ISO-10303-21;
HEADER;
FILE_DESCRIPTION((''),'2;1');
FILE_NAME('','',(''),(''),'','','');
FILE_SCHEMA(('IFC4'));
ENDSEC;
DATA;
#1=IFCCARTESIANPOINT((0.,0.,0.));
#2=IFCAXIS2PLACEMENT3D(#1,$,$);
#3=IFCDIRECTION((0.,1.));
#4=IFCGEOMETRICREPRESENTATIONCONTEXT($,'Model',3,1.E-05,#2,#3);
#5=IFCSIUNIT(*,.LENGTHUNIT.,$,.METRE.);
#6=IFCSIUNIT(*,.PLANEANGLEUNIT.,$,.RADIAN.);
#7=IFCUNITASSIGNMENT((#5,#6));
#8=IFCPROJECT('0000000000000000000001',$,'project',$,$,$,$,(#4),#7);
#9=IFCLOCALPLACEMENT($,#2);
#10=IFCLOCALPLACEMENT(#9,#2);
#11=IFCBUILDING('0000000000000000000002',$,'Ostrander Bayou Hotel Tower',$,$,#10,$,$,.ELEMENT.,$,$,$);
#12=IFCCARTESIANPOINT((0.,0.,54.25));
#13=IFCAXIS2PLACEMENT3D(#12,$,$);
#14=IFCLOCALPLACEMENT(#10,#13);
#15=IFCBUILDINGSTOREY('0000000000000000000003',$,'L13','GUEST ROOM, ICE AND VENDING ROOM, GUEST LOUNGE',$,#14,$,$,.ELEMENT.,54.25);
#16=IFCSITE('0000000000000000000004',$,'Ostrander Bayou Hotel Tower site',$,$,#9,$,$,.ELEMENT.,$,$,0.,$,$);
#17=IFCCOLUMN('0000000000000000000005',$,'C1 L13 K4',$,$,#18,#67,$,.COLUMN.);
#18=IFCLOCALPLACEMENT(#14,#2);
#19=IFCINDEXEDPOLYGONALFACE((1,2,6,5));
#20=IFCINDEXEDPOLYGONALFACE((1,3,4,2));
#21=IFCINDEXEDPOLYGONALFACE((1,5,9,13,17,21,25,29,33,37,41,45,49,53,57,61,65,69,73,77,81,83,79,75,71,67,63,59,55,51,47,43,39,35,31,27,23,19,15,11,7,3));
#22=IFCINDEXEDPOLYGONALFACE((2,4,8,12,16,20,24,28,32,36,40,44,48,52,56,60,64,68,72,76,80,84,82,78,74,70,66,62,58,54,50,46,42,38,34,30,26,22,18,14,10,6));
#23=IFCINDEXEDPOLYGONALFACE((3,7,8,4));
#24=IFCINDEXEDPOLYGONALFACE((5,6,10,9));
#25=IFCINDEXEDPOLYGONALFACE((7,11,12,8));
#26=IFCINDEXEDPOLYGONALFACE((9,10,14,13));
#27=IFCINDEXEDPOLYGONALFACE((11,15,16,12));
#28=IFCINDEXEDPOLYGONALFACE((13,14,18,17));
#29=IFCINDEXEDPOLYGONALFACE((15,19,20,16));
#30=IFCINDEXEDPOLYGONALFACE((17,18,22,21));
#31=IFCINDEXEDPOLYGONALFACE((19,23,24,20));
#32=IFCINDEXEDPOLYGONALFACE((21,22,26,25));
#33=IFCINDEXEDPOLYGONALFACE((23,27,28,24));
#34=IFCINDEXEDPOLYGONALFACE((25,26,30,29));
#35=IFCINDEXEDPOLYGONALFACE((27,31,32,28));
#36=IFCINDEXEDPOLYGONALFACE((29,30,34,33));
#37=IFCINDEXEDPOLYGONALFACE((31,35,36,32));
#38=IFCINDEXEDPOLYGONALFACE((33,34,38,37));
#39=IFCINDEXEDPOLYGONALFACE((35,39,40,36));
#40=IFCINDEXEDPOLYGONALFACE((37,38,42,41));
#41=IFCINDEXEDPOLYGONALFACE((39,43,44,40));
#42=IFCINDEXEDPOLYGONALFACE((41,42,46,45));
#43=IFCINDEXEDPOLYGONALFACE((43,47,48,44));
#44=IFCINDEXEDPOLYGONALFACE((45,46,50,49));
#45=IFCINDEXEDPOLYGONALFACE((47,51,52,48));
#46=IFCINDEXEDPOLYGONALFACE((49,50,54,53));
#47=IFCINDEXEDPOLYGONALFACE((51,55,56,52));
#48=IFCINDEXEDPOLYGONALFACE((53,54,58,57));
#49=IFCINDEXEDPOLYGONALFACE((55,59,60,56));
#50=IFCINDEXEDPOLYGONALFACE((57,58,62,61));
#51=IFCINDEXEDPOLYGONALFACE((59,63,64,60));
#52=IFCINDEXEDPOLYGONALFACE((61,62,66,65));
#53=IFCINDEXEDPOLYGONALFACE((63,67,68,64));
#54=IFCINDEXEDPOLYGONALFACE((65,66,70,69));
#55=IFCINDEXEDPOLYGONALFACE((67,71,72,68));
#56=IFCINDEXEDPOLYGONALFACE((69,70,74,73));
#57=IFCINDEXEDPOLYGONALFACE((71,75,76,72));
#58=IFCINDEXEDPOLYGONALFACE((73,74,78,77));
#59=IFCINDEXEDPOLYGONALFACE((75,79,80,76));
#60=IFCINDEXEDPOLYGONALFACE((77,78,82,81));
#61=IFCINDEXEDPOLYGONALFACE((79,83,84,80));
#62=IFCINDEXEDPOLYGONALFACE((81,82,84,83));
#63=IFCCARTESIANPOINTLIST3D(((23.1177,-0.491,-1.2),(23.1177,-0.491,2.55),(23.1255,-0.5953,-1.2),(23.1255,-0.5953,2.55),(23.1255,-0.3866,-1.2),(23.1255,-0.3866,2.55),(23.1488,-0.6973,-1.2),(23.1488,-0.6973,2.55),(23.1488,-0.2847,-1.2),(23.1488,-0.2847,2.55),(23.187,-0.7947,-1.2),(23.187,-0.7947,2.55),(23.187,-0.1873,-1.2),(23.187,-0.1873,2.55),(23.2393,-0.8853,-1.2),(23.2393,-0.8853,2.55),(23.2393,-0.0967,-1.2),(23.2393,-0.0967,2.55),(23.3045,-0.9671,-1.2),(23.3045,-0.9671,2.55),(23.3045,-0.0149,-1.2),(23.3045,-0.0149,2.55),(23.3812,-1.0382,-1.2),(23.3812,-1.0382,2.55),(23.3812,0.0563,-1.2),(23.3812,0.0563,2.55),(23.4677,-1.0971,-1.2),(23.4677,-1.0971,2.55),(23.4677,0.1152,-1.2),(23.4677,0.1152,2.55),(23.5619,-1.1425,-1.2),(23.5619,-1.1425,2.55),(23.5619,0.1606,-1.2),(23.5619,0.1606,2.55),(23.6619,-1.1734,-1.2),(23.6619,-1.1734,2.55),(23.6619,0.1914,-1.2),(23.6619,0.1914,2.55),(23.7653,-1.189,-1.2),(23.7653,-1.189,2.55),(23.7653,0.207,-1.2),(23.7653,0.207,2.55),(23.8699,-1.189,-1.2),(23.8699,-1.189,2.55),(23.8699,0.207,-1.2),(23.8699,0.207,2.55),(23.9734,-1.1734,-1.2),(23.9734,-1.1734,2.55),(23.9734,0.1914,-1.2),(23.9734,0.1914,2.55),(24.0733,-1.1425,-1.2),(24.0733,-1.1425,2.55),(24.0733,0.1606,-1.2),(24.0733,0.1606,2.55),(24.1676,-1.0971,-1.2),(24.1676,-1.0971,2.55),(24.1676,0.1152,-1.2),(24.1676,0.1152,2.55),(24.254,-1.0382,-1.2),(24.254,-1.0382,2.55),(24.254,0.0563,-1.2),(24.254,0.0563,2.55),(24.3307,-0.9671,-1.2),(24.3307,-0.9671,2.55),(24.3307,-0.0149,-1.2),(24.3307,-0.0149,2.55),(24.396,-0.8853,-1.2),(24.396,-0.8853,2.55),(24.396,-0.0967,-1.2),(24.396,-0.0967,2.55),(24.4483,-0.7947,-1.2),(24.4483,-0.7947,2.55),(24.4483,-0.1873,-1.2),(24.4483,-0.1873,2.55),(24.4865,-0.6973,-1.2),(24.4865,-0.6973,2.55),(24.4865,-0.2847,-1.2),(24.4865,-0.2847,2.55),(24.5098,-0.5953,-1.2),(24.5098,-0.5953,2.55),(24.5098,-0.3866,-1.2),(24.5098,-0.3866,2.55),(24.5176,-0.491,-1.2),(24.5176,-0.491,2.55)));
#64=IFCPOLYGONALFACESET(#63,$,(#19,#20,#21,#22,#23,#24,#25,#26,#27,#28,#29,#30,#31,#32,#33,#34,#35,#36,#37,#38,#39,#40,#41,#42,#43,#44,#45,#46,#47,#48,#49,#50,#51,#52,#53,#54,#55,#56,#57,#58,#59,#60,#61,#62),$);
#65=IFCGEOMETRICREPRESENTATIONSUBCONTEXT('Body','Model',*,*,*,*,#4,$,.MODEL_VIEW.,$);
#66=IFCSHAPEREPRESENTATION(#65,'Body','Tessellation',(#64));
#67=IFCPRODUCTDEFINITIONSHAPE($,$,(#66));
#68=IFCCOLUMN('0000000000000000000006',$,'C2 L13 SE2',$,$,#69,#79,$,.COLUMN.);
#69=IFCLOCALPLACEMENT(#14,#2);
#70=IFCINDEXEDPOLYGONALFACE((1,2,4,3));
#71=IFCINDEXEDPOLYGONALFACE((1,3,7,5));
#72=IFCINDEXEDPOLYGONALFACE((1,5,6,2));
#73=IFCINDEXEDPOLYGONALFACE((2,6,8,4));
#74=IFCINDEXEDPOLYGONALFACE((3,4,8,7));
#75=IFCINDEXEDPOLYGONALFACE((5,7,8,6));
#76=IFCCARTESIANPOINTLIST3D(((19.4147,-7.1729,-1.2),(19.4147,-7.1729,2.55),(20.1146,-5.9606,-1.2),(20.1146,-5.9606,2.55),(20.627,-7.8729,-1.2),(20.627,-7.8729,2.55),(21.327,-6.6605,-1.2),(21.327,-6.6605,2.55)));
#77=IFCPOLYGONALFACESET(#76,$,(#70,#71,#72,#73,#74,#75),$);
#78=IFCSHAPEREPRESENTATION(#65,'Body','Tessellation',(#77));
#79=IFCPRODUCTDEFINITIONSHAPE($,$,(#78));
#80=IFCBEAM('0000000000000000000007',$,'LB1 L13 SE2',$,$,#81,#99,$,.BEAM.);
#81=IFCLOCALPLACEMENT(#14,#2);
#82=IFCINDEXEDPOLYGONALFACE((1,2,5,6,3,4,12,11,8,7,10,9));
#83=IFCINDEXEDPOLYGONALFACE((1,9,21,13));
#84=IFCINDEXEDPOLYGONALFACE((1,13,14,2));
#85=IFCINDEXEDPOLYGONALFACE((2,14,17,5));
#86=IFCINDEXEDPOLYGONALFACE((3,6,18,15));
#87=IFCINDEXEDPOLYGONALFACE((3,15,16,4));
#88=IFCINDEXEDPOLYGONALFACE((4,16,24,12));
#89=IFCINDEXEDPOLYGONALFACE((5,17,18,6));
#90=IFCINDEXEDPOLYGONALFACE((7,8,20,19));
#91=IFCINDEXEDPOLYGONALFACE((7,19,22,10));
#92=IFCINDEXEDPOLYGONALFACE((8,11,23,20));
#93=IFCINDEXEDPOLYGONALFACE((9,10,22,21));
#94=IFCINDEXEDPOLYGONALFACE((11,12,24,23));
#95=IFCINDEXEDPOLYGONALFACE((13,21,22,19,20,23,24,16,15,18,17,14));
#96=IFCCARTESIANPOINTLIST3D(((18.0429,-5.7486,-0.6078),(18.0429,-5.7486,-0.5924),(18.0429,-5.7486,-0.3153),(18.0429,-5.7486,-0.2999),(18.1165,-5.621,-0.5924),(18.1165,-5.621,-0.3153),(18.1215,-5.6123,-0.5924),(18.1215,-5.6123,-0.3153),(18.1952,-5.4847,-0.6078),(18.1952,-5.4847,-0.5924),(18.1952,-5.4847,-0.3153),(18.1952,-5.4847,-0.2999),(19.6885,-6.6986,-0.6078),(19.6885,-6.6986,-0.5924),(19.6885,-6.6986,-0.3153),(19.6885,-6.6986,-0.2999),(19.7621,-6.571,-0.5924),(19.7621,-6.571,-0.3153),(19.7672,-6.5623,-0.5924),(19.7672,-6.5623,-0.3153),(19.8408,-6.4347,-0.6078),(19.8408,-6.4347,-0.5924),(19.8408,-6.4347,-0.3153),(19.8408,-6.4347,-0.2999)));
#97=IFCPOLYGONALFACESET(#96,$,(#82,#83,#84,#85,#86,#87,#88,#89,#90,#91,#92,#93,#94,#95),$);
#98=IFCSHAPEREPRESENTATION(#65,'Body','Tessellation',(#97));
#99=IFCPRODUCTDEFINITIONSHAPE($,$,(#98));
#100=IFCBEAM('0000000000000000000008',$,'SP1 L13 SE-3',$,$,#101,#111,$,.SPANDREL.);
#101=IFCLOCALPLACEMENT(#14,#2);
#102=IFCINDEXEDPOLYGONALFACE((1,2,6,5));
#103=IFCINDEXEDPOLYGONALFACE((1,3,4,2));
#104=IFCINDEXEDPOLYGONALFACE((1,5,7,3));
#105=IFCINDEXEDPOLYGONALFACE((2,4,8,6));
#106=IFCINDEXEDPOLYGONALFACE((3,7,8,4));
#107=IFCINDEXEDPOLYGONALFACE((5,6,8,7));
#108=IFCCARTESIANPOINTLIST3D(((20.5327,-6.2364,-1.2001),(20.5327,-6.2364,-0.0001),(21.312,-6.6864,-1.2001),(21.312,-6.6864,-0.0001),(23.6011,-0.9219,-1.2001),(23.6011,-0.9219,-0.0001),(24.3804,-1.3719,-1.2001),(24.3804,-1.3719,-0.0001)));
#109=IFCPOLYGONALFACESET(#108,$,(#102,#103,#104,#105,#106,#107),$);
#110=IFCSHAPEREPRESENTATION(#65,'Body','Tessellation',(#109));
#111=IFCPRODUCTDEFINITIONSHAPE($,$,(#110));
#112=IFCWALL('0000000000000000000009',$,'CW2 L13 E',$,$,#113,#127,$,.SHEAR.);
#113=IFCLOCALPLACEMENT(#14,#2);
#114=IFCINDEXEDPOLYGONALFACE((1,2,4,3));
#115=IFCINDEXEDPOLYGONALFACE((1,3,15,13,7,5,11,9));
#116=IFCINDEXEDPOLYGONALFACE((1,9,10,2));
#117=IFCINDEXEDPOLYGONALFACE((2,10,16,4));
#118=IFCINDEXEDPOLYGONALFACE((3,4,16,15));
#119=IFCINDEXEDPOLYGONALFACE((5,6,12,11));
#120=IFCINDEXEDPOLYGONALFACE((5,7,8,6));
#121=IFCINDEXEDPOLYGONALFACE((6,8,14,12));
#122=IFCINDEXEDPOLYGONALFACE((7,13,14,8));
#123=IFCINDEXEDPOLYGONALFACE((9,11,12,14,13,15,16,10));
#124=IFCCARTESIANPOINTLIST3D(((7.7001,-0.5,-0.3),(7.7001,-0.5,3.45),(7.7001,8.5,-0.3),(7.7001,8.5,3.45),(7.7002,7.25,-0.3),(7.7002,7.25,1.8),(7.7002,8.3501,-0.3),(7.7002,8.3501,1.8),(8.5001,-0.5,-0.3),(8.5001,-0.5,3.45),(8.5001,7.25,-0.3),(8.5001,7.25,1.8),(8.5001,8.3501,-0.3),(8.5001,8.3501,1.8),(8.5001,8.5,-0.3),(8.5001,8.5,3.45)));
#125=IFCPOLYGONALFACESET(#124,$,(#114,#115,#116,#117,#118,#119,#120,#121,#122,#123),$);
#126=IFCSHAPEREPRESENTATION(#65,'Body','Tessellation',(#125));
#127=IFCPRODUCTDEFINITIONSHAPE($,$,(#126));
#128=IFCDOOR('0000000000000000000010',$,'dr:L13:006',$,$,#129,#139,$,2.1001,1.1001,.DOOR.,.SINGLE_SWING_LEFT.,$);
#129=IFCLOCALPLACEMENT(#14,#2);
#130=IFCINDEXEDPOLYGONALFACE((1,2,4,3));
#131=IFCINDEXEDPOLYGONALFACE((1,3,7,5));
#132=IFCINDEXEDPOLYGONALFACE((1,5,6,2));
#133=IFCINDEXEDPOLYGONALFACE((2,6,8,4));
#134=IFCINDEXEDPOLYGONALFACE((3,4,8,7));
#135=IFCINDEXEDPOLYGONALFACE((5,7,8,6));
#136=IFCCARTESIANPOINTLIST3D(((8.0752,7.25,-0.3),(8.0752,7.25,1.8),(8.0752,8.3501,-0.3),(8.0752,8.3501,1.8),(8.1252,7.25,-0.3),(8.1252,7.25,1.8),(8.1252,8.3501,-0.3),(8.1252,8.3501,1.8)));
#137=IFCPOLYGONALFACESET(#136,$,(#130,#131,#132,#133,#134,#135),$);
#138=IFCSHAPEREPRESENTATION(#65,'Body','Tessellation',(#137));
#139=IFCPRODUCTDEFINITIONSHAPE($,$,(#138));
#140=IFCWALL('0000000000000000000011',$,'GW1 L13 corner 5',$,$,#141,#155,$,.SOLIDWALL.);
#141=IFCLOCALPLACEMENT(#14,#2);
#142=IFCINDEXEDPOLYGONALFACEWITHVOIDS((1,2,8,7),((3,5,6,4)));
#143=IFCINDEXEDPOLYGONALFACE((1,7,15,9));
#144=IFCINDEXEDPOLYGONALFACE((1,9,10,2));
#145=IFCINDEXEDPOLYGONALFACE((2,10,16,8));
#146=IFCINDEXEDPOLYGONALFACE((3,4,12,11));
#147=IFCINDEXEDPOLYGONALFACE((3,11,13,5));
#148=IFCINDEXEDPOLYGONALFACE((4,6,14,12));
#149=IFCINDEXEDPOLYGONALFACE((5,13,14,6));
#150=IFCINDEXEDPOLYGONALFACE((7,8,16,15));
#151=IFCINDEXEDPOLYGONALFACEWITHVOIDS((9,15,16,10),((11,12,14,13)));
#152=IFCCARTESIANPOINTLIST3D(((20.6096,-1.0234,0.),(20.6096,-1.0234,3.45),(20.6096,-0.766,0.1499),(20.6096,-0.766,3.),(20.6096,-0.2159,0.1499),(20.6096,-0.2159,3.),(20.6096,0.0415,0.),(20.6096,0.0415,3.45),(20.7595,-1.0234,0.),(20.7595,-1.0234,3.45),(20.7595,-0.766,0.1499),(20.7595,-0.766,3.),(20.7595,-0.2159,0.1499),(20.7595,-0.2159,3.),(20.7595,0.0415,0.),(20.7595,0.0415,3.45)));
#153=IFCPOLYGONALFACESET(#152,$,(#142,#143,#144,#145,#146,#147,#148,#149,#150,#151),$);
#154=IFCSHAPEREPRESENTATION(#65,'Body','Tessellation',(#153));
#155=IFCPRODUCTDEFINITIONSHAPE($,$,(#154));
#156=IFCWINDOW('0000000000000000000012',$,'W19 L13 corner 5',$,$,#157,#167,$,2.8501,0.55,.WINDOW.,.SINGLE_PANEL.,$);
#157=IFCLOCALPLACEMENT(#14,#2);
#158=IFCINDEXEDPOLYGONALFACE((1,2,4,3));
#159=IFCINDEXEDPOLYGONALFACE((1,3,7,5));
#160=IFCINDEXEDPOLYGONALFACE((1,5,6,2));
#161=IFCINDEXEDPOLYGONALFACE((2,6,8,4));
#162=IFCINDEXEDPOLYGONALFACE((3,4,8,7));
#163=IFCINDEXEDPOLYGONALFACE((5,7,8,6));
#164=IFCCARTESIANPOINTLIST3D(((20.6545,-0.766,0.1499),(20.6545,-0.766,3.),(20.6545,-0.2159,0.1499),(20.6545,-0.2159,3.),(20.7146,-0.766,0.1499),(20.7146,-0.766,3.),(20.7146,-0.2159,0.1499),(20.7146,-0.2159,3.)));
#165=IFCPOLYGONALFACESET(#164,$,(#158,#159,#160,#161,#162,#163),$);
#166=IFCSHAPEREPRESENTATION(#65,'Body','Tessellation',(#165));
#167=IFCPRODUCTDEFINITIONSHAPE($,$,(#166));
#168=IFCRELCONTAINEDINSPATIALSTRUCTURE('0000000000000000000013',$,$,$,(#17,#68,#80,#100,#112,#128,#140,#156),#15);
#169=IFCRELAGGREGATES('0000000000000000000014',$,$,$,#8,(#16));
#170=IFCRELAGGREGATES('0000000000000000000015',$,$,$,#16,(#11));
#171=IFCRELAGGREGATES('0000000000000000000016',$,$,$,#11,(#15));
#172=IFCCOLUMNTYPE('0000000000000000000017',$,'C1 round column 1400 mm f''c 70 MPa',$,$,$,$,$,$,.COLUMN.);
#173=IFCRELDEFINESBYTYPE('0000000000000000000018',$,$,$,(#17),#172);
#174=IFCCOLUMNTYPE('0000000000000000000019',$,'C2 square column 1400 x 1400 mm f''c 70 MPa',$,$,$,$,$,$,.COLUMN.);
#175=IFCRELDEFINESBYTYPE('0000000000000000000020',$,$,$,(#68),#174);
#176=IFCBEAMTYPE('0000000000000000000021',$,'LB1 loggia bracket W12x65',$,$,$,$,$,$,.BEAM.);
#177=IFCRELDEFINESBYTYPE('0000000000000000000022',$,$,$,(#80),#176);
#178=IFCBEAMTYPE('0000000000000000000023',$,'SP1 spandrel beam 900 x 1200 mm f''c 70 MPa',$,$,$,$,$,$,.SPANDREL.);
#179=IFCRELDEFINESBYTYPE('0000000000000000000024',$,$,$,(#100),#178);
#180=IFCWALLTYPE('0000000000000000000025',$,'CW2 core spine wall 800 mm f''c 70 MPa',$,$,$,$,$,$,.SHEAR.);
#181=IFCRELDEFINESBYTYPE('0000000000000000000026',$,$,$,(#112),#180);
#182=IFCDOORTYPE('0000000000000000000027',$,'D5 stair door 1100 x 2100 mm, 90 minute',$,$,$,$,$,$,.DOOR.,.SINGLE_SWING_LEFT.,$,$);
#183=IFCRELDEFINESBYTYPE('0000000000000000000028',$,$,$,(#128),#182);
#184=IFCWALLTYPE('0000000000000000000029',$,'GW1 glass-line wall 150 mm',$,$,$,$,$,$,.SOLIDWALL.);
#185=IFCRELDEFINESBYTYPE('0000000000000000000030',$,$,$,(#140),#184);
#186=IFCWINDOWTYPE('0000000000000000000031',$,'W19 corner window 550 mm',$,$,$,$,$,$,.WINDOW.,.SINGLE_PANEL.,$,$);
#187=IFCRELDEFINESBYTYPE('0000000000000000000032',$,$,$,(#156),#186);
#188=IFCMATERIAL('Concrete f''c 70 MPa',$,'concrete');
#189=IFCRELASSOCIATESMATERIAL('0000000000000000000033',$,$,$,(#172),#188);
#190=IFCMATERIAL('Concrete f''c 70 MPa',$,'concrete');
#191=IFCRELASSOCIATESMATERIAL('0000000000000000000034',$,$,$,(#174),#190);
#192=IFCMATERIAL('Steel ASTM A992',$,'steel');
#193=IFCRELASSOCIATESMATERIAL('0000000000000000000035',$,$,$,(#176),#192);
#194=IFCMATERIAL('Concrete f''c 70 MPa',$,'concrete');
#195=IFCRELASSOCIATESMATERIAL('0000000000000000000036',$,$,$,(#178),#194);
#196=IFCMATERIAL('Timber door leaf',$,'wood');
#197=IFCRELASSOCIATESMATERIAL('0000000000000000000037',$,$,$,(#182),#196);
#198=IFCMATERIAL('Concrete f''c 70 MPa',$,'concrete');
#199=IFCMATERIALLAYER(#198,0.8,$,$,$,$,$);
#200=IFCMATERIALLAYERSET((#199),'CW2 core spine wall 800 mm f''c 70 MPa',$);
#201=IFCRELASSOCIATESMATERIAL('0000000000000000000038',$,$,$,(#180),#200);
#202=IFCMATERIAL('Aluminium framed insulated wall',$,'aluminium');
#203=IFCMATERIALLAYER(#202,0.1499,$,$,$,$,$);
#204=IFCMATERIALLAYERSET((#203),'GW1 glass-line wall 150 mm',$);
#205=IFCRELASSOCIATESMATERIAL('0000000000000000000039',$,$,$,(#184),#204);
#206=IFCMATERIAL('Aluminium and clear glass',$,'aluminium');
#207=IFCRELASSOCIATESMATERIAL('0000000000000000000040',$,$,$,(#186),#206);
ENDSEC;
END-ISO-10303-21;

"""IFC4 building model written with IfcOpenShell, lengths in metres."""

from ifc_helpers import new_model, si_unit, direction, frame, frame_2d, origin, origin_2d, place, context, subcontext, project, spatial, rectangle, circle, i_section, extrude, material, layer, layer_set, material_profile, profile_set, type_object, element, fill, save


model = new_model("IFC4")

# Units and contexts
model_context = context("Model", 3, precision=1e-05, world=origin(), true_north=direction((0.0, 1.0)))
body_context = subcontext(model_context, "Body", "Model", "MODEL_VIEW")
ifc_project = project(units=[si_unit("LENGTHUNIT", "METRE"), si_unit("PLANEANGLEUNIT", "RADIAN")], contexts=[model_context])

# Site, building, storey
site_placement = place(None, origin())
site = spatial("IfcSite", under=ifc_project, at=site_placement, Name="Ostrander Bayou Hotel Tower site", CompositionType="ELEMENT", RefElevation=0.0)
building_placement = place(site_placement, origin())
building = spatial("IfcBuilding", under=site, at=building_placement, Name="Ostrander Bayou Hotel Tower", CompositionType="ELEMENT")
storey_placement = place(building_placement, frame((0.0, 0.0, 54.25)))
storey = spatial("IfcBuildingStorey", under=building, at=storey_placement, Name="L13", Description="GUEST ROOM, ICE AND VENDING ROOM, GUEST LOUNGE", CompositionType="ELEMENT", Elevation=54.25)

# Columns
ifc_material_1 = material(Name="Concrete f'c 70 MPa", Category="concrete")
ifc_material_profile_1 = material_profile(ifc_material_1, circle(Radius=0.7, at=origin_2d()))
ifc_profile_set_1 = profile_set([ifc_material_profile_1], Name="Concrete f'c 70 MPa")
column_type_1 = type_object("IfcColumnType", Name="C1 round column 1400 mm f'c 70 MPa", PredefinedType="COLUMN", material=ifc_profile_set_1)
column_1_placement = place(storey_placement, frame((23.8176, -0.491, -1.2), z_axis=(0.0, 0.0, 1.0), x_axis=(1.0, 0.0, 0.0)))
element("IfcColumn", 1, at=column_1_placement, inside=storey, type_object=column_type_1, Name="C1 L13 K4", PredefinedType="COLUMN", context=body_context, shape_type="SweptSolid", body=[
    extrude(circle(Radius=0.7, at=origin_2d()), origin(), (0.0, 0.0, 1.0), 3.75),
])
ifc_material_2 = material(Name="Concrete f'c 70 MPa", Category="concrete")
ifc_material_profile_2 = material_profile(ifc_material_2, rectangle(XDim=1.3999, YDim=1.3999, at=origin_2d()))
ifc_profile_set_2 = profile_set([ifc_material_profile_2], Name="Concrete f'c 70 MPa")
column_type_2 = type_object("IfcColumnType", Name="C2 square column 1400 x 1400 mm f'c 70 MPa", PredefinedType="COLUMN", material=ifc_profile_set_2)
column_2_placement = place(storey_placement, frame((20.3708, -6.9167, -1.2), z_axis=(0.0, 0.0, 1.0), x_axis=(-0.5, -0.866025, 0.0)))
element("IfcColumn", 2, at=column_2_placement, inside=storey, type_object=column_type_2, Name="C2 L13 SE2", PredefinedType="COLUMN", context=body_context, shape_type="SweptSolid", body=[
    extrude(rectangle(XDim=1.3999, YDim=1.3999, at=origin_2d()), origin(), (0.0, 0.0, 1.0), 3.75),
])

# Beams
ifc_material_3 = material(Name="Steel ASTM A992", Category="steel")
ifc_material_profile_3 = material_profile(ifc_material_3, i_section(OverallWidth=0.3047, OverallDepth=0.3079, WebThickness=0.01, FlangeThickness=0.0154, at=origin_2d()))
ifc_profile_set_3 = profile_set([ifc_material_profile_3], Name="Steel ASTM A992")
beam_type_1 = type_object("IfcBeamType", Name="LB1 loggia bracket W12x65", PredefinedType="BEAM", material=ifc_profile_set_3)
beam_1_placement = place(storey_placement, frame((19.7646, -6.5667, -0.4539), z_axis=(-0.866044, 0.499967, 0.0), x_axis=(-0.499967, -0.866044, 0.0)))
element("IfcBeam", 3, at=beam_1_placement, inside=storey, type_object=beam_type_1, Name="LB1 L13 SE2", PredefinedType="BEAM", context=body_context, shape_type="SweptSolid", body=[
    extrude(i_section(OverallWidth=0.3047, OverallDepth=0.3079, WebThickness=0.01, FlangeThickness=0.0154, at=origin_2d()), origin(), (0.0, 0.0, 1.0), 1.9001),
])
ifc_material_4 = material(Name="Concrete f'c 70 MPa", Category="concrete")
ifc_material_profile_4 = material_profile(ifc_material_4, rectangle(XDim=0.8999, YDim=1.2, at=origin_2d()))
ifc_profile_set_4 = profile_set([ifc_material_profile_4], Name="Concrete f'c 70 MPa")
beam_type_2 = type_object("IfcBeamType", Name="SP1 spandrel beam 900 x 1200 mm f'c 70 MPa", PredefinedType="SPANDREL", material=ifc_profile_set_4)
beam_2_placement = place(storey_placement, frame((20.9224, -6.4614, -0.6001), z_axis=(0.500007, 0.866021, 0.0), x_axis=(-0.866021, 0.500007, 0.0)))
element("IfcBeam", 4, at=beam_2_placement, inside=storey, type_object=beam_type_2, Name="SP1 L13 SE-3", PredefinedType="SPANDREL", context=body_context, shape_type="SweptSolid", body=[
    extrude(rectangle(XDim=0.8999, YDim=1.2, at=origin_2d()), origin(), (0.0, 0.0, 1.0), 6.1367),
])

# Shared definitions
ifc_material_5 = material(Name="Timber door leaf", Category="wood")
door_type_1 = type_object("IfcDoorType", Name="D5 stair door 1100 x 2100 mm, 90 minute", OperationType="SINGLE_SWING_LEFT", PredefinedType="DOOR", material=ifc_material_5)

# Wall, opening, door
ifc_material_6 = material(Name="Concrete f'c 70 MPa", Category="concrete")
ifc_layer_1 = layer(ifc_material_6, 0.8)
ifc_layer_set_1 = layer_set([ifc_layer_1], Name="CW2 core spine wall 800 mm f'c 70 MPa")
wall_type_1 = type_object("IfcWallType", Name="CW2 core spine wall 800 mm f'c 70 MPa", PredefinedType="SHEAR", material=ifc_layer_set_1)
wall_1_placement = place(storey_placement, frame((8.1001, -0.5, -0.3), z_axis=(0.0, 0.0, 1.0), x_axis=(0.0, 1.0, 0.0)))
wall_1 = element("IfcWall", 5, at=wall_1_placement, inside=storey, type_object=wall_type_1, Name="CW2 L13 E", PredefinedType="SHEAR", context=body_context, shape_type="SweptSolid", body=[
    extrude(rectangle(XDim=9.0, YDim=0.8, at=frame_2d((4.5, 0.0))), origin(), (0.0, 0.0, 1.0), 3.75),
])
opening_1_placement = place(wall_1_placement, frame((7.75, 0.0, 0.0)))
opening_1 = element("IfcOpeningElement", 6, at=opening_1_placement, cuts=wall_1, PredefinedType="OPENING", context=body_context, shape_type="SweptSolid", body=[
    extrude(rectangle(XDim=1.1001, YDim=2.1001, at=frame_2d((0.55, 1.05))), frame((0.0, 0.3999, 0.0), z_axis=(0.0, -1.0, 0.0), x_axis=(1.0, 0.0, 0.0)), (0.0, 0.0, 1.0), 0.8),
])
door_1_placement = place(opening_1_placement, origin())
door_1 = element("IfcDoor", 7, at=door_1_placement, inside=storey, type_object=door_type_1, Name="dr:L13:006", OperationType="SINGLE_SWING_LEFT", OverallHeight=2.1001, OverallWidth=1.1001, PredefinedType="DOOR", context=body_context, shape_type="SweptSolid", body=[
    extrude(rectangle(XDim=1.1001, YDim=2.1001, at=frame_2d((0.55, 1.05))), frame((0.0, 0.0249, 0.0), z_axis=(0.0, -1.0, 0.0), x_axis=(1.0, 0.0, 0.0)), (0.0, 0.0, 1.0), 0.05),
])
fill(opening_1, door_1)

# Wall, opening, window
ifc_material_7 = material(Name="Aluminium framed insulated wall", Category="aluminium")
ifc_layer_2 = layer(ifc_material_7, 0.1499)
ifc_layer_set_2 = layer_set([ifc_layer_2], Name="GW1 glass-line wall 150 mm")
wall_type_2 = type_object("IfcWallType", Name="GW1 glass-line wall 150 mm", PredefinedType="SOLIDWALL", material=ifc_layer_set_2)
wall_2_placement = place(storey_placement, frame((20.6846, -1.0234, 0.0), z_axis=(0.0, 0.0, 1.0), x_axis=(0.0, 1.0, 0.0)))
wall_2 = element("IfcWall", 8, at=wall_2_placement, inside=storey, type_object=wall_type_2, Name="GW1 L13 corner 5", PredefinedType="SOLIDWALL", context=body_context, shape_type="SweptSolid", body=[
    extrude(rectangle(XDim=1.0649, YDim=0.1499, at=frame_2d((0.5325, 0.0))), origin(), (0.0, 0.0, 1.0), 3.45),
])
opening_2_placement = place(wall_2_placement, frame((0.2576, 0.0, 0.1499)))
opening_2 = element("IfcOpeningElement", 9, at=opening_2_placement, cuts=wall_2, PredefinedType="OPENING", context=body_context, shape_type="SweptSolid", body=[
    extrude(rectangle(XDim=0.55, YDim=2.8501, at=frame_2d((0.2749, 1.425))), frame((0.0, 0.075, 0.0), z_axis=(0.0, -1.0, 0.0), x_axis=(1.0, 0.0, 0.0)), (0.0, 0.0, 1.0), 0.1499),
])
ifc_material_8 = material(Name="Aluminium and clear glass", Category="aluminium")
window_type = type_object("IfcWindowType", Name="W19 corner window 550 mm", PartitioningType="SINGLE_PANEL", PredefinedType="WINDOW", material=ifc_material_8)
window_placement = place(opening_2_placement, origin())
window = element("IfcWindow", 10, at=window_placement, inside=storey, type_object=window_type, Name="W19 L13 corner 5", OverallHeight=2.8501, OverallWidth=0.55, PartitioningType="SINGLE_PANEL", PredefinedType="WINDOW", context=body_context, shape_type="SweptSolid", body=[
    extrude(rectangle(XDim=0.55, YDim=2.8501, at=frame_2d((0.2749, 1.425))), frame((0.0, 0.03, 0.0), z_axis=(0.0, -1.0, 0.0), x_axis=(1.0, 0.0, 0.0)), (0.0, 0.0, 1.0), 0.0601),
])
fill(opening_2, window)

save(model, "model.ifc")
